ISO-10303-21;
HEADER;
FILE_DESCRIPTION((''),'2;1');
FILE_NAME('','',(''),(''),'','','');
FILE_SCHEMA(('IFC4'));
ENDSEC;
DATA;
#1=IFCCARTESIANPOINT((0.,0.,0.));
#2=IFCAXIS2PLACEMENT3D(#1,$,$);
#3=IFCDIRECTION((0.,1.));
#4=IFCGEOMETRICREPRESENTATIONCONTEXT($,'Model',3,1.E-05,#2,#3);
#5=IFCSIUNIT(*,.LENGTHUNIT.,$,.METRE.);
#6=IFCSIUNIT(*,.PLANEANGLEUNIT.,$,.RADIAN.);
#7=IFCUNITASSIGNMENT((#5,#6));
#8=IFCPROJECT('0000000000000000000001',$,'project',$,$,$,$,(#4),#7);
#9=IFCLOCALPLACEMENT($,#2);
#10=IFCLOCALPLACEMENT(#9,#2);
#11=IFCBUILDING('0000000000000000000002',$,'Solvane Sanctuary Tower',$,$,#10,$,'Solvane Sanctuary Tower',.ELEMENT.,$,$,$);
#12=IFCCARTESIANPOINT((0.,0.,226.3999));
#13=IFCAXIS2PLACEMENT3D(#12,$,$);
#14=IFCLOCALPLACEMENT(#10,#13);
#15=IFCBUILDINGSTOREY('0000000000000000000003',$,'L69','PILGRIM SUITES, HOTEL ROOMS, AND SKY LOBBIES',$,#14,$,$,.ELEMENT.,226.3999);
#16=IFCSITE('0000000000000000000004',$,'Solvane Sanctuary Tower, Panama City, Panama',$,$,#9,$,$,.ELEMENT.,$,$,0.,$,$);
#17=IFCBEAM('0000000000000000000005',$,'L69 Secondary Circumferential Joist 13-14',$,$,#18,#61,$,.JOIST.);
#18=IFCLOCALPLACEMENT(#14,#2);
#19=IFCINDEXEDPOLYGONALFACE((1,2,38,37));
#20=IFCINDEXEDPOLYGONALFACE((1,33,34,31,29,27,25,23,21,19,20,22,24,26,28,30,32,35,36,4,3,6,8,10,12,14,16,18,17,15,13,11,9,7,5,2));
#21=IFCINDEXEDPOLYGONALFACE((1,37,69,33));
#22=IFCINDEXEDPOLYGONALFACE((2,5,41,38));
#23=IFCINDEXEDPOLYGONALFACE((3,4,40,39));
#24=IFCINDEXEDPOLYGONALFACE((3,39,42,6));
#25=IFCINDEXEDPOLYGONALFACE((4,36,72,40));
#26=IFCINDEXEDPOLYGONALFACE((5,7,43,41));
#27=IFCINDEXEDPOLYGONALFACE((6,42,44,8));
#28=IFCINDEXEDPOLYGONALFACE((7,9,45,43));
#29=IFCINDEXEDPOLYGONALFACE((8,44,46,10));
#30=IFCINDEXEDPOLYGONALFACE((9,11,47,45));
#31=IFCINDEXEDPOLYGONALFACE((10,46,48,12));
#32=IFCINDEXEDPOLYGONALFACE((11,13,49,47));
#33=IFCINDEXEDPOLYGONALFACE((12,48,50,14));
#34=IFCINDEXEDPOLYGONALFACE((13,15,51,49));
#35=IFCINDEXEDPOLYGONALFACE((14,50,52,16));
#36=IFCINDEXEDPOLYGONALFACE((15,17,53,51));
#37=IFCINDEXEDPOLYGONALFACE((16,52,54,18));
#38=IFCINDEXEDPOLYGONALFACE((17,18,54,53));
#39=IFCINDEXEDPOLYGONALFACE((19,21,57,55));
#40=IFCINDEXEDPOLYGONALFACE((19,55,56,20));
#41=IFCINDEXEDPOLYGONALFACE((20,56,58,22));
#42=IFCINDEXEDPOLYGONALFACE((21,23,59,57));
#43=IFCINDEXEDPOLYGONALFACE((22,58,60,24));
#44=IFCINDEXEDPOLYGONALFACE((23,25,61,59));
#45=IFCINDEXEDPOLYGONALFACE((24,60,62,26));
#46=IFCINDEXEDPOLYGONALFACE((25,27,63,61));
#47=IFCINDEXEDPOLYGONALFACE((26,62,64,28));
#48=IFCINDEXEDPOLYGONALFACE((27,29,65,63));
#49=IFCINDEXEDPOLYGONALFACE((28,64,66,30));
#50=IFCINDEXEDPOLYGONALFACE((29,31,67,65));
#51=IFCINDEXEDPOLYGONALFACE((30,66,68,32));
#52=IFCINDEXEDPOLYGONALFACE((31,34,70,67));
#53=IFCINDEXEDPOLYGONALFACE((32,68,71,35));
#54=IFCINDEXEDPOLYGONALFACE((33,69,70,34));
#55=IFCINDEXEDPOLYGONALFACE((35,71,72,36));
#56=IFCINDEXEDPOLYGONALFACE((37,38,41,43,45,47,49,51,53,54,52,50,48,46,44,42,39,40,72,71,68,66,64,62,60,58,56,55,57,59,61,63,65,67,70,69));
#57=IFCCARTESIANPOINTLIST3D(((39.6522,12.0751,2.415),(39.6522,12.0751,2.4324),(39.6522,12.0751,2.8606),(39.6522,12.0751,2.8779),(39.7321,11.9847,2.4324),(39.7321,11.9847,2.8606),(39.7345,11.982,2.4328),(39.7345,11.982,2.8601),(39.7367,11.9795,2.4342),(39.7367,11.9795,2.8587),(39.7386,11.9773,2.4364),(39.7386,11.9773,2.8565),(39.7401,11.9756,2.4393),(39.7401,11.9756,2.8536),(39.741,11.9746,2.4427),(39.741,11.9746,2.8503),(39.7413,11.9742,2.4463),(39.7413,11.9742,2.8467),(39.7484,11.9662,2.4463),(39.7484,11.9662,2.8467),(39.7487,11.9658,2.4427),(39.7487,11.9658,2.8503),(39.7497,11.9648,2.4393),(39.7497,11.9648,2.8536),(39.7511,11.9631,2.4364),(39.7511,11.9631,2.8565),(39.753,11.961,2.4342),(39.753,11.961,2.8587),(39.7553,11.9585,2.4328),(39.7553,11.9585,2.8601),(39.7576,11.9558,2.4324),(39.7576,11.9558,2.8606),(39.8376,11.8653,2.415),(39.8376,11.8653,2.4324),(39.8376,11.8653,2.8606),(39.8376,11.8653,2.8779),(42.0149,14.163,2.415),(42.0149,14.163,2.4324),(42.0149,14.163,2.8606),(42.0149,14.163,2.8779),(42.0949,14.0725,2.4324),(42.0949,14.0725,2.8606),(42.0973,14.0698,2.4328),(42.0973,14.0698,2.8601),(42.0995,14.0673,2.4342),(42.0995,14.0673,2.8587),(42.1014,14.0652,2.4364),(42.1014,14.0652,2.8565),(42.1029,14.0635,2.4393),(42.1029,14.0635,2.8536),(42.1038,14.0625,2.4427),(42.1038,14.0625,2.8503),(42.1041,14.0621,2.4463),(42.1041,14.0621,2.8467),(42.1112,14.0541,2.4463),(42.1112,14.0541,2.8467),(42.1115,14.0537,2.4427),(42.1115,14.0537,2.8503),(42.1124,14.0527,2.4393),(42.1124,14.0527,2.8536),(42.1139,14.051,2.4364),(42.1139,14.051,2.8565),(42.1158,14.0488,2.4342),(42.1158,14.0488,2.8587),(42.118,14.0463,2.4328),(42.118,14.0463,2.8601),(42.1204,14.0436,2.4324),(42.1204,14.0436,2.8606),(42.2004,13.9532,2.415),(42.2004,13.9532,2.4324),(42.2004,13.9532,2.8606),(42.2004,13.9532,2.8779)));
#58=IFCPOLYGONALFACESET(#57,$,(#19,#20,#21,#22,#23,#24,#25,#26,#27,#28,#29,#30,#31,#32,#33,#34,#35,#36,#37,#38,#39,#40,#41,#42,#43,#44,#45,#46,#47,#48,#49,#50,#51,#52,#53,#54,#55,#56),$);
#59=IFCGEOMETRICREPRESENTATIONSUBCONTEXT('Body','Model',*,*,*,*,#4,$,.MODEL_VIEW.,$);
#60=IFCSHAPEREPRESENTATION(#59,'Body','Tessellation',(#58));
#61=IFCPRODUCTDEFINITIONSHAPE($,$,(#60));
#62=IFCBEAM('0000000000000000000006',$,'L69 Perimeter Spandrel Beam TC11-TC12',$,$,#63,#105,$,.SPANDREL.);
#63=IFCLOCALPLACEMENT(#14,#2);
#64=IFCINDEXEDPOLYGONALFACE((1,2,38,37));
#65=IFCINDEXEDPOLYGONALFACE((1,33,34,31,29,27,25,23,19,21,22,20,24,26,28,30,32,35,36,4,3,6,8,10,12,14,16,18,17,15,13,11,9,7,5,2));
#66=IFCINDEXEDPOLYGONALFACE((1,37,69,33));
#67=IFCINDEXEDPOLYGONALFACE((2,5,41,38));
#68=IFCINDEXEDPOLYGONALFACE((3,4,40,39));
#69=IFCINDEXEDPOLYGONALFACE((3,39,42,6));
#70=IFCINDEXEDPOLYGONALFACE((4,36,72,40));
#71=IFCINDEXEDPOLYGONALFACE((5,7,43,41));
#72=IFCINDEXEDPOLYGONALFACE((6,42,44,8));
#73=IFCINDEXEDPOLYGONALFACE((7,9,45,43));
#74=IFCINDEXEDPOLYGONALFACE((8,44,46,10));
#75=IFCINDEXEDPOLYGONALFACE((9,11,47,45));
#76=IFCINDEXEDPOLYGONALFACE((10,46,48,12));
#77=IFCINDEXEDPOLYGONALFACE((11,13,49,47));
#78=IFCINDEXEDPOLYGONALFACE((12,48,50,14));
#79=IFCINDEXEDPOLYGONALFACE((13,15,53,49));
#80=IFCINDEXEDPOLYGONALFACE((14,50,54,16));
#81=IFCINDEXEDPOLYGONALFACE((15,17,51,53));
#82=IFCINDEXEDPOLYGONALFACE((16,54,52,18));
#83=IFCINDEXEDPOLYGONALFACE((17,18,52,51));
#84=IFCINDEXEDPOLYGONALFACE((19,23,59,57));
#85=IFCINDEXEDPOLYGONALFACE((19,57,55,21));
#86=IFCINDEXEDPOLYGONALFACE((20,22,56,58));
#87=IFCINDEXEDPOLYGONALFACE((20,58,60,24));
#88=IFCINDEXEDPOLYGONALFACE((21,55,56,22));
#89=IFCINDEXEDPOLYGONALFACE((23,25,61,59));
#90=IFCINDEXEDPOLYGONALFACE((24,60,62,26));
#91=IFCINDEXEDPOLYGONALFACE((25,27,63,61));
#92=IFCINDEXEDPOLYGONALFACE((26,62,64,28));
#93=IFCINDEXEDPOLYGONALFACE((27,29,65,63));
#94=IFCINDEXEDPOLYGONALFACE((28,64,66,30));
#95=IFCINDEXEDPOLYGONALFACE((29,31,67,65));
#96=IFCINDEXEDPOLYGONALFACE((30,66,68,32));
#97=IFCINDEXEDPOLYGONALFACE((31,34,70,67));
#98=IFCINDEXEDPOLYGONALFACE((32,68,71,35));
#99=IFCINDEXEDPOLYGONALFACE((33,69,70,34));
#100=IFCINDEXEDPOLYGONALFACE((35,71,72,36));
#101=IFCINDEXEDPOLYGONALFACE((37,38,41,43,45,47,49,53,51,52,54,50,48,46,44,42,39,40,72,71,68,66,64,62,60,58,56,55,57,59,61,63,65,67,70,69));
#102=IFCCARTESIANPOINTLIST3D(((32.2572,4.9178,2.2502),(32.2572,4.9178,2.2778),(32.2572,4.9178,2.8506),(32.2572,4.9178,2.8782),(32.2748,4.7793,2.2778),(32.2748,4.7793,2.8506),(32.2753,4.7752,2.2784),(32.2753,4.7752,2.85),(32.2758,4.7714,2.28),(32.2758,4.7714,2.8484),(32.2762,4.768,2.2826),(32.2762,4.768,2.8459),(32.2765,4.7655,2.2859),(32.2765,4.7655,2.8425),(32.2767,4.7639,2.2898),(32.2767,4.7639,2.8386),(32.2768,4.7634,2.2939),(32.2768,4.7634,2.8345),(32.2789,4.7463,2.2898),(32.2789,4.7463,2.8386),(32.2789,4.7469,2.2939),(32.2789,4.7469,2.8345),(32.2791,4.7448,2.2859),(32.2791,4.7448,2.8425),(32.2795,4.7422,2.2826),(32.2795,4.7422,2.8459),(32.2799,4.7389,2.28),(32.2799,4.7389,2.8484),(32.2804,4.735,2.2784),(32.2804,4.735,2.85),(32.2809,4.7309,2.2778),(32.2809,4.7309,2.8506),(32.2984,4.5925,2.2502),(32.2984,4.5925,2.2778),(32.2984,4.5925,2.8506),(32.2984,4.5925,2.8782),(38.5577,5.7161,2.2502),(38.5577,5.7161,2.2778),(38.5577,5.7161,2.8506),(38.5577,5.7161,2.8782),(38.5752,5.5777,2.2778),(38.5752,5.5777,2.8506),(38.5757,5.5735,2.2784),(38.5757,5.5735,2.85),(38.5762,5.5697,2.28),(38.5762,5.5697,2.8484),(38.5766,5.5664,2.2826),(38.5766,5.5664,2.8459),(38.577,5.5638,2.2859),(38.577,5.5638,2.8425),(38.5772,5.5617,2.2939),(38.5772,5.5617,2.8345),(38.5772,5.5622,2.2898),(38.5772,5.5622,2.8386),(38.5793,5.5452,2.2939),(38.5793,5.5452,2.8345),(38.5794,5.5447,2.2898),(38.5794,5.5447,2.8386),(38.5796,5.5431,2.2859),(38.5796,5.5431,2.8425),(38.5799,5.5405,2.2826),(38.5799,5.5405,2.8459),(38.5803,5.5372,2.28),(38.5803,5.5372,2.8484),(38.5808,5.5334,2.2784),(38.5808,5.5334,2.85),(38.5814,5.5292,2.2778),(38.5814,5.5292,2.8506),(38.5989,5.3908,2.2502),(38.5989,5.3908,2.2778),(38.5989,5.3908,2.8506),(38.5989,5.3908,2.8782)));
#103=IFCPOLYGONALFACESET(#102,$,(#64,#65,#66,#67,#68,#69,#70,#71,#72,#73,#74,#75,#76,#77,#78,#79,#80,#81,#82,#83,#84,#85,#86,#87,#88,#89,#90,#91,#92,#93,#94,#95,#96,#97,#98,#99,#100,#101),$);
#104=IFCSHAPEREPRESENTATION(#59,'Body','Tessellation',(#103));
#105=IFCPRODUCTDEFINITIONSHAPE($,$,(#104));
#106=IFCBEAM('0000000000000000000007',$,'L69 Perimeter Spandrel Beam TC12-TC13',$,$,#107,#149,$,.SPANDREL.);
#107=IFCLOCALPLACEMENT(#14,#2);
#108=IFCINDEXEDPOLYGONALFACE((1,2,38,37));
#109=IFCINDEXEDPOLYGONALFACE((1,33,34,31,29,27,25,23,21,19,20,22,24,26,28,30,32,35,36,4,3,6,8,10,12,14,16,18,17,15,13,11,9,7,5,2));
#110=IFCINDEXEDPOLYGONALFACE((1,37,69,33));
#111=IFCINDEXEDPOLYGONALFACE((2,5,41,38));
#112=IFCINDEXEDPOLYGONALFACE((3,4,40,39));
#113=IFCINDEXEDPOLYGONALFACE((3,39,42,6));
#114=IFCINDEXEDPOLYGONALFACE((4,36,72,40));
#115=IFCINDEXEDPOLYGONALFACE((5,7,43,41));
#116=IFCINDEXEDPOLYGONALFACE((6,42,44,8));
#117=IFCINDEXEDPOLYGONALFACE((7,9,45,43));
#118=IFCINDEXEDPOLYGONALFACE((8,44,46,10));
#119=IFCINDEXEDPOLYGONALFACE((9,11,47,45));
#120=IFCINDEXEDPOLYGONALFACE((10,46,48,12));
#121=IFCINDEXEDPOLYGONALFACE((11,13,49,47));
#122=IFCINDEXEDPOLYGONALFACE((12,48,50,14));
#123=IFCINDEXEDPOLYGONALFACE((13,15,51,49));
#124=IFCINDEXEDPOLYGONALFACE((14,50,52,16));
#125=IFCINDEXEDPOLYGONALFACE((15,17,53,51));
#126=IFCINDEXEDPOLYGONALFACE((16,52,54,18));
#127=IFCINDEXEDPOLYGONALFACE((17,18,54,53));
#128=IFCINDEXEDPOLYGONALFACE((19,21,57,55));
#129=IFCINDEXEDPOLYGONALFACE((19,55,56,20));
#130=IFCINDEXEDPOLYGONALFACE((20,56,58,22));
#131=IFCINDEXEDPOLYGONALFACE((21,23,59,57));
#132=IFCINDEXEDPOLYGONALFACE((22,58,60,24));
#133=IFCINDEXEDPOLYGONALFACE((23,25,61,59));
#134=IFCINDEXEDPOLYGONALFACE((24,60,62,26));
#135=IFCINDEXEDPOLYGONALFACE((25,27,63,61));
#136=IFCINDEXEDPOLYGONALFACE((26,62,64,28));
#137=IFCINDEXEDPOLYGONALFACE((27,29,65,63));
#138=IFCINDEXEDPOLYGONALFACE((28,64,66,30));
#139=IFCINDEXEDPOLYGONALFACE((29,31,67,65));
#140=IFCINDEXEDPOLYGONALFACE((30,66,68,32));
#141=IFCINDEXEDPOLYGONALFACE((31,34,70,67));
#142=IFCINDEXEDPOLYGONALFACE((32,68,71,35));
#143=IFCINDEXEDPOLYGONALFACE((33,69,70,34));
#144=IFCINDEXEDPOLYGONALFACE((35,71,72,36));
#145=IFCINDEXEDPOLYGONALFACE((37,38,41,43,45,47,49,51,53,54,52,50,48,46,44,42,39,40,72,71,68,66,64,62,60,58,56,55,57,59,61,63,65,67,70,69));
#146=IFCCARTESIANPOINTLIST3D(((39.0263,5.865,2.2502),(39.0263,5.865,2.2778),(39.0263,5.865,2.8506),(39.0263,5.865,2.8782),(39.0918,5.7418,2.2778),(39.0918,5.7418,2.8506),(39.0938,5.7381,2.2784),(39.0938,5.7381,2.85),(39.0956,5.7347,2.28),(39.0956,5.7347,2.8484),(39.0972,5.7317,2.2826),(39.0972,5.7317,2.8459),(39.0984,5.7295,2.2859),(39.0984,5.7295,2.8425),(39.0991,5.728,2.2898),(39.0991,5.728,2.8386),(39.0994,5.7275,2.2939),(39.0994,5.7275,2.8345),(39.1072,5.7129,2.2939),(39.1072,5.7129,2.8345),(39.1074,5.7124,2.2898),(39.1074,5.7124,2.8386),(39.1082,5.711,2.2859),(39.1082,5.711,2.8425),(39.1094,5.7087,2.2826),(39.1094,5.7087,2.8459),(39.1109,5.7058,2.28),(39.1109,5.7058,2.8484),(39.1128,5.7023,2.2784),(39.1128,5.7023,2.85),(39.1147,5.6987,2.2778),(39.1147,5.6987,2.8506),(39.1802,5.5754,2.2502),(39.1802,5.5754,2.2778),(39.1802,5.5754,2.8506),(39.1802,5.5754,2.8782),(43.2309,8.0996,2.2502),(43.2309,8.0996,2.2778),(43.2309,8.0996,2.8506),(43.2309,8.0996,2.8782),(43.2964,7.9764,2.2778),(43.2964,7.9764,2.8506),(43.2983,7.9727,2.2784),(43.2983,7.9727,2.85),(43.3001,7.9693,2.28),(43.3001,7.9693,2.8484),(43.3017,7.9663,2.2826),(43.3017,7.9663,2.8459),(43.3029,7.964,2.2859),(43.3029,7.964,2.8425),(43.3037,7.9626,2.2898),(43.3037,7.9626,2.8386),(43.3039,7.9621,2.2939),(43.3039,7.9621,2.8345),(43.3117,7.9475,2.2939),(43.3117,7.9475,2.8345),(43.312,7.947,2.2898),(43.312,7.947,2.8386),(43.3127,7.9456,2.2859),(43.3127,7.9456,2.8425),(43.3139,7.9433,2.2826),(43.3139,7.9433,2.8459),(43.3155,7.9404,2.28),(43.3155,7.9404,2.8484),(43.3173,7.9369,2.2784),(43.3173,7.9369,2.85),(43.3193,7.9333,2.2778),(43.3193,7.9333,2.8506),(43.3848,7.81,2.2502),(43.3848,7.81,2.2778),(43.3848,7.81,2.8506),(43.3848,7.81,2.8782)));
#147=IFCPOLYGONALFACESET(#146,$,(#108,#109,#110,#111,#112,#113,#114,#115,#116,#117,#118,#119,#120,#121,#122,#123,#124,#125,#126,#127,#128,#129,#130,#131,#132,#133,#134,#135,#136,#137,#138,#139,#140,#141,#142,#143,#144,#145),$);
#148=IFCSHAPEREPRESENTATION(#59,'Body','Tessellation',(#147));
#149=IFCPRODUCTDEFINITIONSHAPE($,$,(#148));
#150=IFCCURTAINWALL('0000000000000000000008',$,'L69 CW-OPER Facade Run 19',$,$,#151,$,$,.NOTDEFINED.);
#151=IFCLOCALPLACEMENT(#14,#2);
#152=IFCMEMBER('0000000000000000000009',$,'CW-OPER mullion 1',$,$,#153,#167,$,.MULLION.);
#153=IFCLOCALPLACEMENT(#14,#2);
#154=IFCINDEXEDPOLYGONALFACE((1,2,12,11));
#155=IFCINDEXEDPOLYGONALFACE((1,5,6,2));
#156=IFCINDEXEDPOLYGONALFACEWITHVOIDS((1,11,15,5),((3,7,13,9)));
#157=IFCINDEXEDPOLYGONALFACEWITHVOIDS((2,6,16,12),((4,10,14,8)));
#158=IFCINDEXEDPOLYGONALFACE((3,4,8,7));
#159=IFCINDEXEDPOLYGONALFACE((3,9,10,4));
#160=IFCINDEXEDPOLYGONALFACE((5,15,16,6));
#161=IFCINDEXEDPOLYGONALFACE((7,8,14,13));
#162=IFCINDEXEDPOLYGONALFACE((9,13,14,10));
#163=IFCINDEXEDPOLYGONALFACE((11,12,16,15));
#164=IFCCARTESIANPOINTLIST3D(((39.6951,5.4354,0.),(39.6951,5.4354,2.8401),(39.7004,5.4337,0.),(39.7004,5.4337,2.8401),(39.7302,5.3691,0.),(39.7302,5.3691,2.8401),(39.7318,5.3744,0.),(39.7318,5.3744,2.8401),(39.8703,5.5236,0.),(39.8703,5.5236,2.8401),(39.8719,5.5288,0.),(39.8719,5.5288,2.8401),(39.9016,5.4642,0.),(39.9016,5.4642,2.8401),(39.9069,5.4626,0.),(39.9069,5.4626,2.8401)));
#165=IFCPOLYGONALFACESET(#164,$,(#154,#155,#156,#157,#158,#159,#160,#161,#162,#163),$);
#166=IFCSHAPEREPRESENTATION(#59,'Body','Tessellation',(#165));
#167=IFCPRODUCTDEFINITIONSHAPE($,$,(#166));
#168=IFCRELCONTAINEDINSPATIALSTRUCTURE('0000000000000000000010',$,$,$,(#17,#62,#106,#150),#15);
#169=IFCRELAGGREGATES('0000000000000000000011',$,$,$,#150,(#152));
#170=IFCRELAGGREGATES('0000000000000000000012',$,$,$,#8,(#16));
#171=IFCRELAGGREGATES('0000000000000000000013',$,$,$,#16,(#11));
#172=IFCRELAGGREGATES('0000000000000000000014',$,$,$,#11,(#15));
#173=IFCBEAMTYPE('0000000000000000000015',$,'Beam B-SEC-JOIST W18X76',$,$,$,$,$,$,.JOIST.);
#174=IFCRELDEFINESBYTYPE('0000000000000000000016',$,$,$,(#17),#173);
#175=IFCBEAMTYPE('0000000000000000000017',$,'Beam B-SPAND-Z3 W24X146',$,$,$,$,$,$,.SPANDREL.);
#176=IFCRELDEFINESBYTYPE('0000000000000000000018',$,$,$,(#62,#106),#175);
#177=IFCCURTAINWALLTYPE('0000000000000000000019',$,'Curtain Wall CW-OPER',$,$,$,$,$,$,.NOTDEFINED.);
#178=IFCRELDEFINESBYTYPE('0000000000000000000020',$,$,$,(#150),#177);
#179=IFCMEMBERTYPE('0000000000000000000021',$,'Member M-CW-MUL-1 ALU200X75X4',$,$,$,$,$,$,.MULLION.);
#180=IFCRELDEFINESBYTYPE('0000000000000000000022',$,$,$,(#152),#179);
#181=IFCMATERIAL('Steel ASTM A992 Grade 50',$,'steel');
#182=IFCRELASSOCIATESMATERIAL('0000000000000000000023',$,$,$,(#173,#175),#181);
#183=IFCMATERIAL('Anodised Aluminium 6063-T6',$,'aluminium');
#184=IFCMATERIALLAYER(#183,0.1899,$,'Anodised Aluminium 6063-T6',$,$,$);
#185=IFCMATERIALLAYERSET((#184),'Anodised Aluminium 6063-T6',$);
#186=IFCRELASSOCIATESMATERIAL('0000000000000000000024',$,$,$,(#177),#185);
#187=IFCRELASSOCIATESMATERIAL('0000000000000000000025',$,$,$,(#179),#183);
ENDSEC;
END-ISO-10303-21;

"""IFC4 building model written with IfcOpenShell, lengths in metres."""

from ifc_helpers import new_model, si_unit, direction, frame, origin, origin_2d, place, context, subcontext, project, spatial, hollow_rectangle, i_section, extrude, material, layer, layer_set, material_profile, profile_set, type_object, element, aggregate, save


model = new_model("IFC4")

# Units and contexts
model_context = context("Model", 3, precision=1e-05, world=origin(), true_north=direction((0.0, 1.0)))
body_context = subcontext(model_context, "Body", "Model", "MODEL_VIEW")
ifc_project = project(units=[si_unit("LENGTHUNIT", "METRE"), si_unit("PLANEANGLEUNIT", "RADIAN")], contexts=[model_context])

# Site, building, storey
site_placement = place(None, origin())
site = spatial("IfcSite", under=ifc_project, at=site_placement, Name="Solvane Sanctuary Tower, Panama City, Panama", CompositionType="ELEMENT", RefElevation=0.0)
building_placement = place(site_placement, origin())
building = spatial("IfcBuilding", under=site, at=building_placement, Name="Solvane Sanctuary Tower", LongName="Solvane Sanctuary Tower", CompositionType="ELEMENT")
storey_placement = place(building_placement, frame((0.0, 0.0, 226.3999)))
storey = spatial("IfcBuildingStorey", under=building, at=storey_placement, Name="L69", Description="PILGRIM SUITES, HOTEL ROOMS, AND SKY LOBBIES", CompositionType="ELEMENT", Elevation=226.3999)

# Beams
ifc_material_1 = material(Name="Steel ASTM A992 Grade 50", Category="steel")
ifc_material_profile_1 = material_profile(ifc_material_1, i_section(OverallWidth=0.28, OverallDepth=0.4629, WebThickness=0.0107, FlangeThickness=0.0173, FilletRadius=0.0139, at=origin_2d()), Name="W18X76")
ifc_profile_set_1 = profile_set([ifc_material_profile_1], Name="Steel ASTM A992 Grade 50")
beam_type_1 = type_object("IfcBeamType", Name="Beam B-SEC-JOIST W18X76", PredefinedType="JOIST", material=ifc_profile_set_1)
beam_1_placement = place(storey_placement, frame((39.7449, 11.9702, 2.6465), z_axis=(0.749354, 0.662169, 0.0), x_axis=(-0.662169, 0.749354, 0.0)))
element("IfcBeam", 1, at=beam_1_placement, inside=storey, type_object=beam_type_1, Name="L69 Secondary Circumferential Joist 13-14", PredefinedType="JOIST", context=body_context, shape_type="SweptSolid", body=[
    extrude(i_section(OverallWidth=0.28, OverallDepth=0.4629, WebThickness=0.0107, FlangeThickness=0.0173, FilletRadius=0.0139, at=origin_2d()), origin(), (0.0, 0.0, 1.0), 3.1531),
])
ifc_material_profile_2 = material_profile(ifc_material_1, i_section(OverallWidth=0.3279, OverallDepth=0.6279, WebThickness=0.0166, FlangeThickness=0.0276, FilletRadius=0.0161, at=origin_2d()), Name="W24X146")
ifc_profile_set_2 = profile_set([ifc_material_profile_2], Name="Steel ASTM A992 Grade 50")
beam_type_2 = type_object("IfcBeamType", Name="Beam B-SPAND-Z3 W24X146", PredefinedType="SPANDREL", material=ifc_profile_set_2)
beam_2_placement = place(storey_placement, frame((32.2778, 4.7551, 2.5642), z_axis=(0.992068, 0.125705, 0.0), x_axis=(-0.125705, 0.992068, 0.0)))
element("IfcBeam", 2, at=beam_2_placement, inside=storey, type_object=beam_type_2, Name="L69 Perimeter Spandrel Beam TC11-TC12", PredefinedType="SPANDREL", context=body_context, shape_type="SweptSolid", body=[
    extrude(i_section(OverallWidth=0.3279, OverallDepth=0.6279, WebThickness=0.0166, FlangeThickness=0.0276, FilletRadius=0.0161, at=origin_2d()), origin(), (0.0, 0.0, 1.0), 6.3508),
])
beam_3_placement = place(storey_placement, frame((39.1033, 5.7202, 2.5642), z_axis=(0.883035, 0.469308, 0.0), x_axis=(-0.469308, 0.883035, 0.0)))
element("IfcBeam", 3, at=beam_3_placement, inside=storey, type_object=beam_type_2, Name="L69 Perimeter Spandrel Beam TC12-TC13", PredefinedType="SPANDREL", context=body_context, shape_type="SweptSolid", body=[
    extrude(i_section(OverallWidth=0.3279, OverallDepth=0.6279, WebThickness=0.0166, FlangeThickness=0.0276, FilletRadius=0.0161, at=origin_2d()), origin(), (0.0, 0.0, 1.0), 4.7615),
])

# Curtain wall, member
ifc_material_2 = material(Name="Anodised Aluminium 6063-T6", Category="aluminium")
ifc_layer_1 = layer(ifc_material_2, 0.1899, Name="Anodised Aluminium 6063-T6")
ifc_layer_set_1 = layer_set([ifc_layer_1], Name="Anodised Aluminium 6063-T6")
curtain_wall_type = type_object("IfcCurtainWallType", Name="Curtain Wall CW-OPER", PredefinedType="NOTDEFINED", material=ifc_layer_set_1)
curtain_wall_placement = place(storey_placement, origin())
curtain_wall = element("IfcCurtainWall", 4, at=curtain_wall_placement, inside=storey, type_object=curtain_wall_type, Name="L69 CW-OPER Facade Run 19", PredefinedType="NOTDEFINED")
ifc_material_profile_3 = material_profile(ifc_material_2, hollow_rectangle(XDim=0.075, YDim=0.2, WallThickness=0.0039, at=origin_2d()), Name="ALU200X75X4")
ifc_profile_set_3 = profile_set([ifc_material_profile_3], Name="Anodised Aluminium 6063-T6")
member_type = type_object("IfcMemberType", Name="Member M-CW-MUL-1 ALU200X75X4", PredefinedType="MULLION", material=ifc_profile_set_3)
member_placement = place(storey_placement, frame((39.801, 5.449, 0.0), z_axis=(0.0, 0.0, 1.0), x_axis=(-0.467523, 0.883981, 0.0)))
member = element("IfcMember", 5, at=member_placement, type_object=member_type, Name="CW-OPER mullion 1", PredefinedType="MULLION", context=body_context, shape_type="SweptSolid", body=[
    extrude(hollow_rectangle(XDim=0.075, YDim=0.2, WallThickness=0.0039, at=origin_2d()), origin(), (0.0, 0.0, 1.0), 2.8401),
])
aggregate(curtain_wall, [member])

save(model, "model.ifc")
